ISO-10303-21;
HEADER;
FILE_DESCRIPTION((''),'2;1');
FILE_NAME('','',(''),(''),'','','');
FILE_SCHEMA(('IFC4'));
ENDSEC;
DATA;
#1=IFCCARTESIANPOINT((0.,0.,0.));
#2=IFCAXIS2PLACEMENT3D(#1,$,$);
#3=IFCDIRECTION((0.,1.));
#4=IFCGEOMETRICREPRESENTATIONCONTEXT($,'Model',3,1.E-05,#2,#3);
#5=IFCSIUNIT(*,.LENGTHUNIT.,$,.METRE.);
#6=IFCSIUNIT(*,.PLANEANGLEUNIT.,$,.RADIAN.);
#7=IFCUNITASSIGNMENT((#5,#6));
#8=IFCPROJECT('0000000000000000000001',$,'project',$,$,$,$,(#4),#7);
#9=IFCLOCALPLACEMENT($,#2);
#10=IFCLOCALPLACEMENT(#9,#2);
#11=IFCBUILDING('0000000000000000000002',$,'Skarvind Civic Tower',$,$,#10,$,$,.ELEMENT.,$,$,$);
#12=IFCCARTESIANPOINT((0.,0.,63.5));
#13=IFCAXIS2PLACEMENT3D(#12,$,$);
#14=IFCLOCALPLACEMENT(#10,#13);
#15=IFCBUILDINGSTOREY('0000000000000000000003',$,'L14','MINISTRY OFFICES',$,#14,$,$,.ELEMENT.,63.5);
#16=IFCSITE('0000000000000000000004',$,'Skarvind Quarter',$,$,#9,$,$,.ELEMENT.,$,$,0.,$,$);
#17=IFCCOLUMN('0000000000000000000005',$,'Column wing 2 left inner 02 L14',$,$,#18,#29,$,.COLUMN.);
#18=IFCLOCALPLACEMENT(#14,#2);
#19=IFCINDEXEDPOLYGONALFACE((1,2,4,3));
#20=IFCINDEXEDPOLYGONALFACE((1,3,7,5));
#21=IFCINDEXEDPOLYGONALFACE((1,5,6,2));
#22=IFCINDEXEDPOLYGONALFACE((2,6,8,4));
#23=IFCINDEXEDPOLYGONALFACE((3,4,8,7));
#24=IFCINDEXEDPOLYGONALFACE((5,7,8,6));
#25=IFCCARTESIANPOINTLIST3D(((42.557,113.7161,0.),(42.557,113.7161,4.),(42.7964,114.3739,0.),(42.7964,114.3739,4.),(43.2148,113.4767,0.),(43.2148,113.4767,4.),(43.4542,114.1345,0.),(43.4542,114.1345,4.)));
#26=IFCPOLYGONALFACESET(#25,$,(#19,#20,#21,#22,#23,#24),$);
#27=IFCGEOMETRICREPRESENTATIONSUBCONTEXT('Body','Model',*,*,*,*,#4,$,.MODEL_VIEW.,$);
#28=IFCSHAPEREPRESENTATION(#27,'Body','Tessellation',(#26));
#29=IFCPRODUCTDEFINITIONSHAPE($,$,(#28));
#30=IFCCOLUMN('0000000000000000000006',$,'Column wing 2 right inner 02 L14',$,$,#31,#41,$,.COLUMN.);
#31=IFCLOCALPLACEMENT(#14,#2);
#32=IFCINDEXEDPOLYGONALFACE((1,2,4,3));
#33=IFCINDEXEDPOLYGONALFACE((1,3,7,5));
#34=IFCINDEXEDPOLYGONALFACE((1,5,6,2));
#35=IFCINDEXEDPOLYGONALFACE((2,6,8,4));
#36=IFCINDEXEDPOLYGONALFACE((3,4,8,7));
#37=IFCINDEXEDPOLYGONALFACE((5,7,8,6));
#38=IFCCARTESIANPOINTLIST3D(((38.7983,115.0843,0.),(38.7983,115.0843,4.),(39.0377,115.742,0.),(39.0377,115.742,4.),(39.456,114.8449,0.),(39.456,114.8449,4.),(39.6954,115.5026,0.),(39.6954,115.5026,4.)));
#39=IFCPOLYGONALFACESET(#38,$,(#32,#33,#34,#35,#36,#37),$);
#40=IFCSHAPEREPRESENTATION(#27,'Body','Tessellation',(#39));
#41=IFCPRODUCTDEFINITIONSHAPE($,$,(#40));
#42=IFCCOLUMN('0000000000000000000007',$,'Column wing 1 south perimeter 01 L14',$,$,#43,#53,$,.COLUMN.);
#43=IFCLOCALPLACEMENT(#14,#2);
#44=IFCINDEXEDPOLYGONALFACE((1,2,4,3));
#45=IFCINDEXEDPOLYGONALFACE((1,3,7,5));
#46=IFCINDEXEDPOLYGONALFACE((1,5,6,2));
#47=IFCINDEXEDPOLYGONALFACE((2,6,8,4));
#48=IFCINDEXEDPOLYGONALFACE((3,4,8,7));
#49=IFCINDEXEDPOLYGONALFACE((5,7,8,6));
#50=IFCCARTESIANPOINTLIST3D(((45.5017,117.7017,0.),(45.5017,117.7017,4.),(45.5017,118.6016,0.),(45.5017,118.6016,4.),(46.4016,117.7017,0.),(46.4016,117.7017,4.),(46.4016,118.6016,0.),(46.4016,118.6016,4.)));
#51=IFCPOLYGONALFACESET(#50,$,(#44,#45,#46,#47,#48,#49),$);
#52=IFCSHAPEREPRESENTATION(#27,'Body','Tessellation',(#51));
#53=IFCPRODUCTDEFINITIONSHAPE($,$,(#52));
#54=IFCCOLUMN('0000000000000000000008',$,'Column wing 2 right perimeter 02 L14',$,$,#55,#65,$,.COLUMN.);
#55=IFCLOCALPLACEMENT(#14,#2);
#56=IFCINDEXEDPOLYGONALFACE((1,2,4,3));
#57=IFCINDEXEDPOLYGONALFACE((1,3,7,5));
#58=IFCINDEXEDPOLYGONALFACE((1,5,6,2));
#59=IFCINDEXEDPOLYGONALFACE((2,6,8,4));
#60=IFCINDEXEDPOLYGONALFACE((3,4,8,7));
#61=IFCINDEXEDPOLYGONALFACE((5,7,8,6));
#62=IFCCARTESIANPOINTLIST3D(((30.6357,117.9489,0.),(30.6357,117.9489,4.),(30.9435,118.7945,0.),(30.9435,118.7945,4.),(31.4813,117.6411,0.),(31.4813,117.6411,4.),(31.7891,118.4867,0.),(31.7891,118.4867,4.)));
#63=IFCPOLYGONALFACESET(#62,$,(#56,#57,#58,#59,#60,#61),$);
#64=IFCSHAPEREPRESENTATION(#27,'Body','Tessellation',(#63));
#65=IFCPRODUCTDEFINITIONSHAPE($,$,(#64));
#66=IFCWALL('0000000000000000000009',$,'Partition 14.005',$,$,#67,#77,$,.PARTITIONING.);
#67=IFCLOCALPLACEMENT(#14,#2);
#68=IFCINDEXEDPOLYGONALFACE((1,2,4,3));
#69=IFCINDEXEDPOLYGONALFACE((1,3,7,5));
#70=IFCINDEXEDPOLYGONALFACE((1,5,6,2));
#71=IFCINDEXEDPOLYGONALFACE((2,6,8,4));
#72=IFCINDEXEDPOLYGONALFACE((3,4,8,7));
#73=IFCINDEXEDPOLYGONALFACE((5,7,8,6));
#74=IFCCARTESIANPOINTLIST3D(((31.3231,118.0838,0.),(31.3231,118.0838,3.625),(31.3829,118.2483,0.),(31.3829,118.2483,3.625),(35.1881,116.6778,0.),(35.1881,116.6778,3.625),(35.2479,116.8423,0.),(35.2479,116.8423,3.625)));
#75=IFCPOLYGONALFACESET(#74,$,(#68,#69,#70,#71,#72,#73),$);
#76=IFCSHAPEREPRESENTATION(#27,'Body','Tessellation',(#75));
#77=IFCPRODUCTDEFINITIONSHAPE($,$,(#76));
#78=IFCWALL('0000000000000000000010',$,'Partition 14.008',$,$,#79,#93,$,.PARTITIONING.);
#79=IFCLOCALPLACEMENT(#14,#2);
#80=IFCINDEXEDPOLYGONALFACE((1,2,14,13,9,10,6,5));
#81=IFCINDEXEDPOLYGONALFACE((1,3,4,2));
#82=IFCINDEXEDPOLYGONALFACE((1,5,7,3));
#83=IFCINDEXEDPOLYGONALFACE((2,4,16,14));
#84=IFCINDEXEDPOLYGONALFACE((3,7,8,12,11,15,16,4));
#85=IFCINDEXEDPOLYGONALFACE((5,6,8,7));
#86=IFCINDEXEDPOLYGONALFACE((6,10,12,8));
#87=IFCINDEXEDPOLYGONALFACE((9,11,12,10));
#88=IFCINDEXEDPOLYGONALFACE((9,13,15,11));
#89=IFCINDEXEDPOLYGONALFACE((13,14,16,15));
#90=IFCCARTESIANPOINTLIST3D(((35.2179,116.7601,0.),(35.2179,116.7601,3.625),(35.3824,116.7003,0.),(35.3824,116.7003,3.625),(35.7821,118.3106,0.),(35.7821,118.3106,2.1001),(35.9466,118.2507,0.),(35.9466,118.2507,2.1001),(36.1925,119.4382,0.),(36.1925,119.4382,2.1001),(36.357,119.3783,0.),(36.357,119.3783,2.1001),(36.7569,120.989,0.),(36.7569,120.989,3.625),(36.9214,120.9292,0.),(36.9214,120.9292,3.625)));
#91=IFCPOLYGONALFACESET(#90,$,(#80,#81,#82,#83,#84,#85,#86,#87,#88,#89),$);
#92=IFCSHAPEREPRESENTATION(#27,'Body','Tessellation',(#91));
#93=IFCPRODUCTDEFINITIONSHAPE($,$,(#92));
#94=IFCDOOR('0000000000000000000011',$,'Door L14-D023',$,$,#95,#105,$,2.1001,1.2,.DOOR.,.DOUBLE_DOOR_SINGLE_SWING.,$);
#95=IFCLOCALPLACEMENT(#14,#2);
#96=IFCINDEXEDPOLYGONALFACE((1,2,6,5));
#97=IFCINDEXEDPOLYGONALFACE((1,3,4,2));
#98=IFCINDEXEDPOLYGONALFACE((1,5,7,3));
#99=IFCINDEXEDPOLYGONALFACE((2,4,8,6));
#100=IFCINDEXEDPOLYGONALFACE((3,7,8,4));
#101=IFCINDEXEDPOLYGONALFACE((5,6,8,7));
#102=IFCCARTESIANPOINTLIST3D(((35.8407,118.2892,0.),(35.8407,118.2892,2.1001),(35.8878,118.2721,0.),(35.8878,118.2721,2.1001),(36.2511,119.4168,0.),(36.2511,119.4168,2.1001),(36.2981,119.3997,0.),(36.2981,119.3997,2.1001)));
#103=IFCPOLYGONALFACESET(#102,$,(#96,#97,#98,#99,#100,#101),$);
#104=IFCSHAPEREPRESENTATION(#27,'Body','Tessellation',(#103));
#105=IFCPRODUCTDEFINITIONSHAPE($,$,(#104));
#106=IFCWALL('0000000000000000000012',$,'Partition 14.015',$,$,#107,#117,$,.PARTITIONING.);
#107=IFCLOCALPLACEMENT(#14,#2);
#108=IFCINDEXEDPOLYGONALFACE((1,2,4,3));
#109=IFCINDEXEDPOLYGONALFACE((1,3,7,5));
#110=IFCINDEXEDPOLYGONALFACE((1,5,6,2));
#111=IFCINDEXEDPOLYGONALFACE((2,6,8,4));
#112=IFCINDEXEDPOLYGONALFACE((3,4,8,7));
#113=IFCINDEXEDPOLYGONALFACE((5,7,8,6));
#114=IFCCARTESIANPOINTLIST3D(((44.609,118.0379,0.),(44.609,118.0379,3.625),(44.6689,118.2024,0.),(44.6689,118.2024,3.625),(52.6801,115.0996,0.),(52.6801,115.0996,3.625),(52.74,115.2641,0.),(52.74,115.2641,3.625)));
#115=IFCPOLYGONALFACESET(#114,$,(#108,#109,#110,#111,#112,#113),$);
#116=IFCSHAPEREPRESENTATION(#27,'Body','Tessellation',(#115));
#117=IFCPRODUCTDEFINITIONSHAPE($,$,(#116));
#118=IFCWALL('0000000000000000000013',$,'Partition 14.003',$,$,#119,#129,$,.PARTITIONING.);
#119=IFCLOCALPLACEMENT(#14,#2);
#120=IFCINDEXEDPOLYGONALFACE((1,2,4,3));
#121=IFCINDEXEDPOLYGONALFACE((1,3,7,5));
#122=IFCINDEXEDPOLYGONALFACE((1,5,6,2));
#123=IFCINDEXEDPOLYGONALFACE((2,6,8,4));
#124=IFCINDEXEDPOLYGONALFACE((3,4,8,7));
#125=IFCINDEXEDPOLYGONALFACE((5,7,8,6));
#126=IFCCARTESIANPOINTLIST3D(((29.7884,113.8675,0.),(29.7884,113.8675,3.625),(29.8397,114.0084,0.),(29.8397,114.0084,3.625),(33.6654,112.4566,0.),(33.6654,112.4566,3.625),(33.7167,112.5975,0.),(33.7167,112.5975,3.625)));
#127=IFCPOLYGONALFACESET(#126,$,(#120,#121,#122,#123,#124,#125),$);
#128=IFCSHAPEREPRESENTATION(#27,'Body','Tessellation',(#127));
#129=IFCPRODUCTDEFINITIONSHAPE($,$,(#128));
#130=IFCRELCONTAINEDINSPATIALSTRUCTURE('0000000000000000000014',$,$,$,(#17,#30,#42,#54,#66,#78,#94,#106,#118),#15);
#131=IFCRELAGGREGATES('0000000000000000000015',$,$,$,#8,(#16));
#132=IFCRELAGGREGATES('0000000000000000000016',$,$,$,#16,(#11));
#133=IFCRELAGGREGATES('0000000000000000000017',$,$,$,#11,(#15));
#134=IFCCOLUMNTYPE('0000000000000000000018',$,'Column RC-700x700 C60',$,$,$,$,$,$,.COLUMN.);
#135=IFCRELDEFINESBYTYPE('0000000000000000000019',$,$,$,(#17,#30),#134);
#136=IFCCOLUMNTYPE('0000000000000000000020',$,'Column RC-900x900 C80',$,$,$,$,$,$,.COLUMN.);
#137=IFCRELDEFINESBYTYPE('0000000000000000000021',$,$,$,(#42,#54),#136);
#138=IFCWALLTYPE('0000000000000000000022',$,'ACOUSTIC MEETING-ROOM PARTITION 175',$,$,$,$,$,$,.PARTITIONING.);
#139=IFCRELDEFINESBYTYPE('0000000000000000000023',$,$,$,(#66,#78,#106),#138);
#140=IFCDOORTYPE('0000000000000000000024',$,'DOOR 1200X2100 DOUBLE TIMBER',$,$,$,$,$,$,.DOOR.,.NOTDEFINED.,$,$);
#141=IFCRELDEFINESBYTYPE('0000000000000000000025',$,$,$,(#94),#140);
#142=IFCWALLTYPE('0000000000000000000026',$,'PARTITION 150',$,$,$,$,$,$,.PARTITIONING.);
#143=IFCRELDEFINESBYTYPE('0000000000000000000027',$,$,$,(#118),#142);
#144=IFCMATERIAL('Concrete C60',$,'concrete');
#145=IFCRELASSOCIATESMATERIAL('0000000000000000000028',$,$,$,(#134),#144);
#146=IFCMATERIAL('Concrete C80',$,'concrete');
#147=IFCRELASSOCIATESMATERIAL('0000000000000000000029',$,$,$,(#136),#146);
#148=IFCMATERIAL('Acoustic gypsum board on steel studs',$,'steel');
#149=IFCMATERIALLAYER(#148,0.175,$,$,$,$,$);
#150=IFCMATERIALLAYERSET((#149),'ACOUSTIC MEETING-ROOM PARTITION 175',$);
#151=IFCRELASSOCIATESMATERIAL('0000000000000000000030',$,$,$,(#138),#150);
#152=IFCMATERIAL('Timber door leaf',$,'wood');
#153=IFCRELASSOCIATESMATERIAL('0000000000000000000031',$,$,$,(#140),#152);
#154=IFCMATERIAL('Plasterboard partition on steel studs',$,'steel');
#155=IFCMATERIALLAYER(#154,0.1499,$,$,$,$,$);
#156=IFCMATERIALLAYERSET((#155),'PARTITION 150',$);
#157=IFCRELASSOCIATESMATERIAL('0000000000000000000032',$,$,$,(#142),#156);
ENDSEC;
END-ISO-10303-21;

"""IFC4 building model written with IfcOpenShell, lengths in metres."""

from ifc_helpers import new_model, si_unit, direction, frame, frame_2d, origin, origin_2d, place, context, subcontext, project, spatial, rectangle, extrude, material, layer, layer_set, material_profile, profile_set, type_object, element, fill, save


model = new_model("IFC4")

# Units and contexts
model_context = context("Model", 3, precision=1e-05, world=origin(), true_north=direction((0.0, 1.0)))
body_context = subcontext(model_context, "Body", "Model", "MODEL_VIEW")
ifc_project = project(units=[si_unit("LENGTHUNIT", "METRE"), si_unit("PLANEANGLEUNIT", "RADIAN")], contexts=[model_context])

# Site, building, storey
site_placement = place(None, origin())
site = spatial("IfcSite", under=ifc_project, at=site_placement, Name="Skarvind Quarter", CompositionType="ELEMENT", RefElevation=0.0)
building_placement = place(site_placement, origin())
building = spatial("IfcBuilding", under=site, at=building_placement, Name="Skarvind Civic Tower", CompositionType="ELEMENT")
storey_placement = place(building_placement, frame((0.0, 0.0, 63.5)))
storey = spatial("IfcBuildingStorey", under=building, at=storey_placement, Name="L14", Description="MINISTRY OFFICES", CompositionType="ELEMENT", Elevation=63.5)

# Columns
ifc_material_1 = material(Name="Concrete C60", Category="concrete")
ifc_material_profile_1 = material_profile(ifc_material_1, rectangle(XDim=0.7, YDim=0.7, at=origin_2d()), Name="RC-700x700")
ifc_profile_set_1 = profile_set([ifc_material_profile_1], Name="Concrete C60")
column_type_1 = type_object("IfcColumnType", Name="Column RC-700x700 C60", PredefinedType="COLUMN", material=ifc_profile_set_1)
for number, where, z_axis, x_axis, name in (
    (1, (43.0056, 113.9253, 0.0), (0.0, 0.0, 1.0), (-0.34202, -0.939693, 0.0), "Column wing 2 left inner 02 L14"),
    (2, (39.2468, 115.2935, 0.0), (0.0, 0.0, 1.0), (-0.34202, -0.939693, 0.0), "Column wing 2 right inner 02 L14"),
):
    element("IfcColumn", number, at=place(storey_placement, frame(where, z_axis=z_axis, x_axis=x_axis)), inside=storey, type_object=column_type_1, Name=name, PredefinedType="COLUMN", context=body_context, shape_type="SweptSolid", body=[
        extrude(rectangle(XDim=0.7, YDim=0.7, at=origin_2d()), origin(), (0.0, 0.0, 1.0), 4.0),
    ])
ifc_material_2 = material(Name="Concrete C80", Category="concrete")
ifc_material_profile_2 = material_profile(ifc_material_2, rectangle(XDim=0.8999, YDim=0.8999, at=origin_2d()), Name="RC-900x900")
ifc_profile_set_2 = profile_set([ifc_material_profile_2], Name="Concrete C80")
column_type_2 = type_object("IfcColumnType", Name="Column RC-900x900 C80", PredefinedType="COLUMN", material=ifc_profile_set_2)
for number, where, z_axis, x_axis, name in (
    (3, (45.9517, 118.1516, 0.0), (0.0, 0.0, 1.0), (1.0, 0.0, 0.0), "Column wing 1 south perimeter 01 L14"),
    (4, (31.2124, 118.2178, 0.0), (0.0, 0.0, 1.0), (-0.34202, -0.939693, 0.0), "Column wing 2 right perimeter 02 L14"),
):
    element("IfcColumn", number, at=place(storey_placement, frame(where, z_axis=z_axis, x_axis=x_axis)), inside=storey, type_object=column_type_2, Name=name, PredefinedType="COLUMN", context=body_context, shape_type="SweptSolid", body=[
        extrude(rectangle(XDim=0.8999, YDim=0.8999, at=origin_2d()), origin(), (0.0, 0.0, 1.0), 4.0),
    ])

# Wall
ifc_material_3 = material(Name="Acoustic gypsum board on steel studs", Category="steel")
ifc_layer_1 = layer(ifc_material_3, 0.175)
ifc_layer_set_1 = layer_set([ifc_layer_1], Name="ACOUSTIC MEETING-ROOM PARTITION 175")
wall_type_1 = type_object("IfcWallType", Name="ACOUSTIC MEETING-ROOM PARTITION 175", PredefinedType="PARTITIONING", material=ifc_layer_set_1)
wall_1_placement = place(storey_placement, frame((31.353, 118.166, 0.0), z_axis=(0.0, 0.0, 1.0), x_axis=(0.93975, -0.341862, 0.0)))
element("IfcWall", 5, at=wall_1_placement, inside=storey, type_object=wall_type_1, Name="Partition 14.005", PredefinedType="PARTITIONING", context=body_context, shape_type="SweptSolid", body=[
    extrude(rectangle(XDim=4.1128, YDim=0.175, at=frame_2d((2.0564, 0.0))), origin(), (0.0, 0.0, 1.0), 3.625),
])

# Wall, opening, door
wall_2_placement = place(storey_placement, frame((36.8391, 120.959, 0.0), z_axis=(0.0, 0.0, 1.0), x_axis=(-0.341987, -0.939705, 0.0)))
wall_2 = element("IfcWall", 6, at=wall_2_placement, inside=storey, type_object=wall_type_1, Name="Partition 14.008", PredefinedType="PARTITIONING", context=body_context, shape_type="SweptSolid", body=[
    extrude(rectangle(XDim=4.5002, YDim=0.175, at=frame_2d((2.25, 0.0))), origin(), (0.0, 0.0, 1.0), 3.625),
])
opening_1_placement = place(wall_2_placement, frame((1.6501, 0.0, 0.0)))
opening_1 = element("IfcOpeningElement", 7, at=opening_1_placement, cuts=wall_2, PredefinedType="OPENING", context=body_context, shape_type="SweptSolid", body=[
    extrude(rectangle(XDim=1.2, YDim=2.1001, at=frame_2d((0.6001, 1.05))), frame((0.0, 0.0974, 0.0), z_axis=(0.0, -1.0, 0.0), x_axis=(1.0, 0.0, 0.0)), (0.0, 0.0, 1.0), 0.1951),
])
ifc_material_4 = material(Name="Timber door leaf", Category="wood")
door_type_1 = type_object("IfcDoorType", Name="DOOR 1200X2100 DOUBLE TIMBER", OperationType="NOTDEFINED", PredefinedType="DOOR", material=ifc_material_4)
door_1_placement = place(opening_1_placement, origin())
door_1 = element("IfcDoor", 8, at=door_1_placement, inside=storey, type_object=door_type_1, Name="Door L14-D023", OperationType="DOUBLE_DOOR_SINGLE_SWING", OverallHeight=2.1001, OverallWidth=1.2, PredefinedType="DOOR", context=body_context, shape_type="SweptSolid", body=[
    extrude(rectangle(XDim=1.2, YDim=2.1001, at=frame_2d((0.6001, 1.05))), frame((0.0, 0.0249, 0.0), z_axis=(0.0, -1.0, 0.0), x_axis=(1.0, 0.0, 0.0)), (0.0, 0.0, 1.0), 0.05),
])
fill(opening_1, door_1)

# Walls
wall_3_placement = place(storey_placement, frame((44.6389, 118.1201, 0.0), z_axis=(0.0, 0.0, 1.0), x_axis=(0.93967, -0.342083, 0.0)))
element("IfcWall", 9, at=wall_3_placement, inside=storey, type_object=wall_type_1, Name="Partition 14.015", PredefinedType="PARTITIONING", context=body_context, shape_type="SweptSolid", body=[
    extrude(rectangle(XDim=8.5894, YDim=0.175, at=frame_2d((4.2947, 0.0))), origin(), (0.0, 0.0, 1.0), 3.625),
])
ifc_material_5 = material(Name="Plasterboard partition on steel studs", Category="steel")
ifc_layer_2 = layer(ifc_material_5, 0.1499)
ifc_layer_set_2 = layer_set([ifc_layer_2], Name="PARTITION 150")
wall_type_2 = type_object("IfcWallType", Name="PARTITION 150", PredefinedType="PARTITIONING", material=ifc_layer_set_2)
wall_4_placement = place(storey_placement, frame((29.814, 113.938, 0.0), z_axis=(0.0, 0.0, 1.0), x_axis=(0.939709, -0.341976, 0.0)))
element("IfcWall", 10, at=wall_4_placement, inside=storey, type_object=wall_type_2, Name="Partition 14.003", PredefinedType="PARTITIONING", context=body_context, shape_type="SweptSolid", body=[
    extrude(rectangle(XDim=4.1257, YDim=0.1499, at=frame_2d((2.063, 0.0))), origin(), (0.0, 0.0, 1.0), 3.625),
])

save(model, "model.ifc")
